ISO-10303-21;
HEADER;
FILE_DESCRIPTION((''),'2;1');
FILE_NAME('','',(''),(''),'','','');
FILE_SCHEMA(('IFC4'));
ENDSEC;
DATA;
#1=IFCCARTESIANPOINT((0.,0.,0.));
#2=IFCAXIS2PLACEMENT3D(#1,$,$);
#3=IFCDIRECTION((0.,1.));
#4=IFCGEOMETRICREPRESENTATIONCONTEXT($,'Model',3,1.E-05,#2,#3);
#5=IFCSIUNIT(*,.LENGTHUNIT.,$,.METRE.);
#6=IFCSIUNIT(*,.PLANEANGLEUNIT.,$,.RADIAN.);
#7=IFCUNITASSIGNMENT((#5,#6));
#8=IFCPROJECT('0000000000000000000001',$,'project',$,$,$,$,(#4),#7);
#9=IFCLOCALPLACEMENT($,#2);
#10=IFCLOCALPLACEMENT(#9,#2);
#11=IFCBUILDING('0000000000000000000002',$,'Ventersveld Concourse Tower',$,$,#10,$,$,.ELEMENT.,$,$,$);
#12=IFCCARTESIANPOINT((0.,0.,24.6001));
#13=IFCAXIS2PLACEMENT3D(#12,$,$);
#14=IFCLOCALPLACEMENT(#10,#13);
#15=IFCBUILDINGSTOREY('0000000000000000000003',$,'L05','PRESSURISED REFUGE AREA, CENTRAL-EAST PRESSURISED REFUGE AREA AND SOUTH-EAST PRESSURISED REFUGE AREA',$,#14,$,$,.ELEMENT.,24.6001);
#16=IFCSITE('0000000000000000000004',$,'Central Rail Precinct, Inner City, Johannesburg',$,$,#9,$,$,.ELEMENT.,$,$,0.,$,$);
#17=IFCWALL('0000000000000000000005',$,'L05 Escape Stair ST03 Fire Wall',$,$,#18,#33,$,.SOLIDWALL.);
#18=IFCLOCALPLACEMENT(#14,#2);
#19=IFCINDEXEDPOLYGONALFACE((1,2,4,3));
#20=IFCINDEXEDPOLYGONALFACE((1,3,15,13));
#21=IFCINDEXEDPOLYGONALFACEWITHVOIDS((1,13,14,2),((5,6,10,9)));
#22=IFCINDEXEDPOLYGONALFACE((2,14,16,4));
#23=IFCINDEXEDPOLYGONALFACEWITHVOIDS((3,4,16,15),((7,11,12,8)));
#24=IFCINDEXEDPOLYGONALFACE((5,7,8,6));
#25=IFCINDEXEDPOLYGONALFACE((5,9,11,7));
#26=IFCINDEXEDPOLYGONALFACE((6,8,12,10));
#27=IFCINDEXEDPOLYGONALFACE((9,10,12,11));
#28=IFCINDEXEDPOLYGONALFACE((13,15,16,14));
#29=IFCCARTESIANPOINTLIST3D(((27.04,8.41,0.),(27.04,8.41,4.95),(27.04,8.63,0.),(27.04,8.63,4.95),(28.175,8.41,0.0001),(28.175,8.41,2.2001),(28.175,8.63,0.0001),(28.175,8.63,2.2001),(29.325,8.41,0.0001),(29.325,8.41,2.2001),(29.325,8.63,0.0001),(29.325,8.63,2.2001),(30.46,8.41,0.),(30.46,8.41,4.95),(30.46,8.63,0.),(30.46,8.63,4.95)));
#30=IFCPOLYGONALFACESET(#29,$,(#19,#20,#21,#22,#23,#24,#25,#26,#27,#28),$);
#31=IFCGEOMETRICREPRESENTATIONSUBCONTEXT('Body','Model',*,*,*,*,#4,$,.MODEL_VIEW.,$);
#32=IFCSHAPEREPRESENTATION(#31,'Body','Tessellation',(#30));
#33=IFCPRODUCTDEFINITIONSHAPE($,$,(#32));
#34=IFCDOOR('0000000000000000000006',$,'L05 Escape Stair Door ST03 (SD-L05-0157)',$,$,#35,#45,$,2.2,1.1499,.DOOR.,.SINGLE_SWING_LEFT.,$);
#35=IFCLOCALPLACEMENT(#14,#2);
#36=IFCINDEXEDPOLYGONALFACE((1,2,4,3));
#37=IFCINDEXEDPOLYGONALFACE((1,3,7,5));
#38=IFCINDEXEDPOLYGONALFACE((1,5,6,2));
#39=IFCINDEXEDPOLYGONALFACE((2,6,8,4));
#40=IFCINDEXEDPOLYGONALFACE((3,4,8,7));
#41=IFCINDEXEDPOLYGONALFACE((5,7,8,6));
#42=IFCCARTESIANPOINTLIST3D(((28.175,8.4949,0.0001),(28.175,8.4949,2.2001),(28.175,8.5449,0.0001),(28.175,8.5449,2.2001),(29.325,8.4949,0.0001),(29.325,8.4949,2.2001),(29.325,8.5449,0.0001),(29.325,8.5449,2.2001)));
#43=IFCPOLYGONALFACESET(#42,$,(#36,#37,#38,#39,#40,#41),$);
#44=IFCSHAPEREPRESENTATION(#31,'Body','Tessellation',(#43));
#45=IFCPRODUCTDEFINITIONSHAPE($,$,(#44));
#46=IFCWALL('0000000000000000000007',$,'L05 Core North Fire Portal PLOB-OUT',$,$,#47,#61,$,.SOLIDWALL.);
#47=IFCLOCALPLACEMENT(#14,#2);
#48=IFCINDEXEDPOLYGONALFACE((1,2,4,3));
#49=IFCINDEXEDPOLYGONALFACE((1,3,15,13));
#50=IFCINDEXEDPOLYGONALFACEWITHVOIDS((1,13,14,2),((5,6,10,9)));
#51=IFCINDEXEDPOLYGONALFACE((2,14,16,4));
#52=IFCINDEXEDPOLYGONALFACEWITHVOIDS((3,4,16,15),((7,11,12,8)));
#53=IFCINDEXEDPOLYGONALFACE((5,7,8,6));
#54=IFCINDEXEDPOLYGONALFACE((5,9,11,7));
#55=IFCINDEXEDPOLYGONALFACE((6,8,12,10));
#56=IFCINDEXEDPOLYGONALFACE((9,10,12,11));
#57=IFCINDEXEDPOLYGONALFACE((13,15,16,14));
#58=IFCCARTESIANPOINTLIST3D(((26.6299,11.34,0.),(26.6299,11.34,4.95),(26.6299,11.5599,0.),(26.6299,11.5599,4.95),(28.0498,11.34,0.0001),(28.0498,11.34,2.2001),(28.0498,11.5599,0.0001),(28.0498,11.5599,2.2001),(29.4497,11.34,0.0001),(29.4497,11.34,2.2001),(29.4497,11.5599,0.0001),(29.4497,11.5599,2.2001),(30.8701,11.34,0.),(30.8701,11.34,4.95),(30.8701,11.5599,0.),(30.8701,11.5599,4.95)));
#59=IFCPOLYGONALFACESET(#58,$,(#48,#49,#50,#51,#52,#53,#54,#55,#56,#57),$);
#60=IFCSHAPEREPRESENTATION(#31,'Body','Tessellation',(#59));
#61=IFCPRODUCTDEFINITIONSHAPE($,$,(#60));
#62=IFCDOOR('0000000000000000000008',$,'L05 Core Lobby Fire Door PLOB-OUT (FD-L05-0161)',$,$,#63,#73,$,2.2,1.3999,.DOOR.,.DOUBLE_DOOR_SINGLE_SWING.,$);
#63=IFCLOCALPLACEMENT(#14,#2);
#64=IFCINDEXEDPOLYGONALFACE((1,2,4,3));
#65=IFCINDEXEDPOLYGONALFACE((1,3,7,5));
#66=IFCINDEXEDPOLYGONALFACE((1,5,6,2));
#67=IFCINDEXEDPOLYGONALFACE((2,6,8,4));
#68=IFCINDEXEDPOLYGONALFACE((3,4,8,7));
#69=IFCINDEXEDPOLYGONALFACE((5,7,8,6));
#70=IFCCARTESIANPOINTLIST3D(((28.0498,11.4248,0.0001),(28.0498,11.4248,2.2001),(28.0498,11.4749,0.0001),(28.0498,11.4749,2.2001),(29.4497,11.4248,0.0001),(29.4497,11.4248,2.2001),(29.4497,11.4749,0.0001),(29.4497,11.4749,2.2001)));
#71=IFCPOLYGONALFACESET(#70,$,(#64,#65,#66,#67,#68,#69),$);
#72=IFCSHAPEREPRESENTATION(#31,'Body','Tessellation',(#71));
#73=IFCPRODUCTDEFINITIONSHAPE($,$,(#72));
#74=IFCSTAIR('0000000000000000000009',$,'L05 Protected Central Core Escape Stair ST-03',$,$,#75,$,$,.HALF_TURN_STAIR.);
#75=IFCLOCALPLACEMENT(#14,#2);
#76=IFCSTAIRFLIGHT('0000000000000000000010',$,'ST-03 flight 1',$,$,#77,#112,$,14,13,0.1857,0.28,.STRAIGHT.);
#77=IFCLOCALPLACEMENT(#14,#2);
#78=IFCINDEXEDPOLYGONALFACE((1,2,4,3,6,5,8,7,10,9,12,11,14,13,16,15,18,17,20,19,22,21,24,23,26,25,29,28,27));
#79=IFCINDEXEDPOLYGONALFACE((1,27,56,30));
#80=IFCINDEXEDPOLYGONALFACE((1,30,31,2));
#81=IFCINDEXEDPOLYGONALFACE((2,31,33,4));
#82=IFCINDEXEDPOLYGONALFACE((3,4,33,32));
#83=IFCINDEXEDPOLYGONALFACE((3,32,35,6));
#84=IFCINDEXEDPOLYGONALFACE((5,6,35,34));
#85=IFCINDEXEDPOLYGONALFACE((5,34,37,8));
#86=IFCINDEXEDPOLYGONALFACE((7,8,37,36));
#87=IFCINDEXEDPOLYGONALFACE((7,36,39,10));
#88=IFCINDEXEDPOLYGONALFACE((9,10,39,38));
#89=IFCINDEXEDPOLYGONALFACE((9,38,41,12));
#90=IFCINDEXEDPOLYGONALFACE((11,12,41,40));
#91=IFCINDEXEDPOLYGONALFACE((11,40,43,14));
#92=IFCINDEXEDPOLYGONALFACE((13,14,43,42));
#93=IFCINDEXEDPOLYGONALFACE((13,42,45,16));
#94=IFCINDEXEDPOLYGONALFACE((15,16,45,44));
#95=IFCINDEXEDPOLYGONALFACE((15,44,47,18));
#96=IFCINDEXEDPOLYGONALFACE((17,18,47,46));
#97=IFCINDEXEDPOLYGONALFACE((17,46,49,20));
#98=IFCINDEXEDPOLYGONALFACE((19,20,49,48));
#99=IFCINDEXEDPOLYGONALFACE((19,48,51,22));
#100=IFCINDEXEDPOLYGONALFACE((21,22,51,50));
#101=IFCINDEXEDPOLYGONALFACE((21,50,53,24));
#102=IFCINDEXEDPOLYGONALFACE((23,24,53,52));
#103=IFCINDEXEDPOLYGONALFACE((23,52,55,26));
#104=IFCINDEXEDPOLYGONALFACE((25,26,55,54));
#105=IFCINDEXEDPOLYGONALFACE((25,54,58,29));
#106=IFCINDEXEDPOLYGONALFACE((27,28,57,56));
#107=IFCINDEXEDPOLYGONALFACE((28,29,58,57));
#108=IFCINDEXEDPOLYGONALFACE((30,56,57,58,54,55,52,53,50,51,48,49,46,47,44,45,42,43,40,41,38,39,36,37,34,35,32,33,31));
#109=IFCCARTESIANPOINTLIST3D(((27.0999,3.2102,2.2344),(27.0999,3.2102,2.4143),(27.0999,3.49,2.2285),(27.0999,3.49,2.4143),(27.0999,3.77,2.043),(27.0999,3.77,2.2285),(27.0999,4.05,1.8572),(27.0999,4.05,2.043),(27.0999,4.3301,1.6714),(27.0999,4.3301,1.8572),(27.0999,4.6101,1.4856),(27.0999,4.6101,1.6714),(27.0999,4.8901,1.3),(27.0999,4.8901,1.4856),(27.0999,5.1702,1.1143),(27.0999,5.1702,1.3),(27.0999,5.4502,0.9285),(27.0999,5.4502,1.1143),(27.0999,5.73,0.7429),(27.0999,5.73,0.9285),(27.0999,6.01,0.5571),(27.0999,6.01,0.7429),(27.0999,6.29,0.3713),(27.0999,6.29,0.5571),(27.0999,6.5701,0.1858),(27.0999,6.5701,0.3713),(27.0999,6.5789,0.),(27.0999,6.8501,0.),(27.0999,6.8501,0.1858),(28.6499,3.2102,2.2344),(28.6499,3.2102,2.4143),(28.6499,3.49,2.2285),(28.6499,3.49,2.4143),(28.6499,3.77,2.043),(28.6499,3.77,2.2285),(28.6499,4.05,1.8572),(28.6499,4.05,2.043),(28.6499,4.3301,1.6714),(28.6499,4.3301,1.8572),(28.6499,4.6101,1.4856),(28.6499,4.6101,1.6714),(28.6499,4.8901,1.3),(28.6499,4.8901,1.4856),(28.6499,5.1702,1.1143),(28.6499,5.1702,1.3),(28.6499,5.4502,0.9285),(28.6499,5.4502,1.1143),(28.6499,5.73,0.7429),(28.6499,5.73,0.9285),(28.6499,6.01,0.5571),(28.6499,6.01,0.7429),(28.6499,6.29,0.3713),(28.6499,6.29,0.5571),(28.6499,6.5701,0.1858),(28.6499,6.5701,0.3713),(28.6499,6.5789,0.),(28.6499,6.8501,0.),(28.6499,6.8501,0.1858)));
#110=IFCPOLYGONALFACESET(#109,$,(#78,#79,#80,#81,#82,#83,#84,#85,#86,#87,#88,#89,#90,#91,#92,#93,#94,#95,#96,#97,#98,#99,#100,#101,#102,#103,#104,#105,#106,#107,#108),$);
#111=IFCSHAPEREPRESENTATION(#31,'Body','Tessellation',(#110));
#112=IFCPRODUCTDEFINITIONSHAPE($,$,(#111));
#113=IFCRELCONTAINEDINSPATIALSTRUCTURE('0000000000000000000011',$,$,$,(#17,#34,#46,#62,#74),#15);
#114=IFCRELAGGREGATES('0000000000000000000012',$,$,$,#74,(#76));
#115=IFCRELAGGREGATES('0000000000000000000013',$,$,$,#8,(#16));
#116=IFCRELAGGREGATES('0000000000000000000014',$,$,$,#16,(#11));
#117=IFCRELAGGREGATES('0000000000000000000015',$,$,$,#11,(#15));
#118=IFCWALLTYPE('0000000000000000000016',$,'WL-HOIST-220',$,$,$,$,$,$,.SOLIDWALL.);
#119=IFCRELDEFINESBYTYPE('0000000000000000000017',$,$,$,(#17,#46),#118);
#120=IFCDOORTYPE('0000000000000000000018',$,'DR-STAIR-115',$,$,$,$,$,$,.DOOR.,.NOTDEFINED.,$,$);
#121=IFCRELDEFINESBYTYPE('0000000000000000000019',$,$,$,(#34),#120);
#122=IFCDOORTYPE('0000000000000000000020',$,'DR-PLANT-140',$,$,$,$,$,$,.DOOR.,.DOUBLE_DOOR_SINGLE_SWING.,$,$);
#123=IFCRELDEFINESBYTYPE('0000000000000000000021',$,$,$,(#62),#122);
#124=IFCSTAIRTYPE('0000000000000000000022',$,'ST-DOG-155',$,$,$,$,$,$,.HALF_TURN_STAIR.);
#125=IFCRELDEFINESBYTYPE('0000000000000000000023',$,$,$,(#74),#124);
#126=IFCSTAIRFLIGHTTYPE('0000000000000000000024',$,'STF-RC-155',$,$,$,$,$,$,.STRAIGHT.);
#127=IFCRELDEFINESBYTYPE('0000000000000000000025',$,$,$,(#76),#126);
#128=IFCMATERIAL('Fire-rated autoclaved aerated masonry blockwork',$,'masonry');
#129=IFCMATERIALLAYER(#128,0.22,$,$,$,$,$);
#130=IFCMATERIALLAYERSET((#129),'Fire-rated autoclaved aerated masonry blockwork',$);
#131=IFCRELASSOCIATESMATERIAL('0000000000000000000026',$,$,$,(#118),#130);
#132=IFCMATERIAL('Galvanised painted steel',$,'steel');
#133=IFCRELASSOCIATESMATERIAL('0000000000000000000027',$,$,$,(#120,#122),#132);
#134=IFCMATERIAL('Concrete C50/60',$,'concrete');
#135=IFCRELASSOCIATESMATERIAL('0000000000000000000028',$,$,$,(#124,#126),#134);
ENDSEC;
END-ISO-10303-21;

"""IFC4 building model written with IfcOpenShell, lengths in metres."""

from ifc_helpers import new_model, si_unit, direction, frame, frame_2d, origin, place, context, subcontext, project, spatial, polyline, rectangle, outline, extrude, material, layer, layer_set, type_object, element, fill, aggregate, save


model = new_model("IFC4")

# Units and contexts
model_context = context("Model", 3, precision=1e-05, world=origin(), true_north=direction((0.0, 1.0)))
body_context = subcontext(model_context, "Body", "Model", "MODEL_VIEW")
ifc_project = project(units=[si_unit("LENGTHUNIT", "METRE"), si_unit("PLANEANGLEUNIT", "RADIAN")], contexts=[model_context])

# Site, building, storey
site_placement = place(None, origin())
site = spatial("IfcSite", under=ifc_project, at=site_placement, Name="Central Rail Precinct, Inner City, Johannesburg", CompositionType="ELEMENT", RefElevation=0.0)
building_placement = place(site_placement, origin())
building = spatial("IfcBuilding", under=site, at=building_placement, Name="Ventersveld Concourse Tower", CompositionType="ELEMENT")
storey_placement = place(building_placement, frame((0.0, 0.0, 24.6001)))
storey = spatial("IfcBuildingStorey", under=building, at=storey_placement, Name="L05", Description="PRESSURISED REFUGE AREA, CENTRAL-EAST PRESSURISED REFUGE AREA AND SOUTH-EAST PRESSURISED REFUGE AREA", CompositionType="ELEMENT", Elevation=24.6001)

# Shared definitions
ifc_material_1 = material(Name="Concrete C50/60", Category="concrete")

# Shared definitions
ifc_material_2 = material(Name="Fire-rated autoclaved aerated masonry blockwork", Category="masonry")
ifc_material_3 = material(Name="Galvanised painted steel", Category="steel")

# Shared definitions
ifc_layer_1 = layer(ifc_material_2, 0.22)
ifc_layer_set_1 = layer_set([ifc_layer_1], Name="Fire-rated autoclaved aerated masonry blockwork")
wall_type_1 = type_object("IfcWallType", Name="WL-HOIST-220", PredefinedType="SOLIDWALL", material=ifc_layer_set_1)

# Walls, openings, doors
wall_1_placement = place(storey_placement, frame((27.04, 8.52, 0.0), z_axis=(0.0, 0.0, 1.0), x_axis=(1.0, 0.0, 0.0)))
wall_1 = element("IfcWall", 1, at=wall_1_placement, inside=storey, type_object=wall_type_1, Name="L05 Escape Stair ST03 Fire Wall", PredefinedType="SOLIDWALL", context=body_context, shape_type="SweptSolid", body=[
    extrude(rectangle(XDim=3.4199, YDim=0.22, at=frame_2d((1.71, 0.0))), origin(), (0.0, 0.0, 1.0), 4.95),
])
opening_1_placement = place(wall_1_placement, frame((1.135, 0.0, 0.0)))
opening_1 = element("IfcOpeningElement", 2, at=opening_1_placement, cuts=wall_1, PredefinedType="OPENING", context=body_context, shape_type="SweptSolid", body=[
    extrude(rectangle(XDim=1.1499, YDim=2.2, at=frame_2d((0.575, 1.1001))), frame((0.0, 0.1201, 0.0), z_axis=(0.0, -1.0, 0.0), x_axis=(1.0, 0.0, 0.0)), (0.0, 0.0, 1.0), 0.24),
])
door_type_1 = type_object("IfcDoorType", Name="DR-STAIR-115", OperationType="NOTDEFINED", PredefinedType="DOOR", material=ifc_material_3)
door_1_placement = place(opening_1_placement, origin())
door_1 = element("IfcDoor", 3, at=door_1_placement, inside=storey, type_object=door_type_1, Name="L05 Escape Stair Door ST03 (SD-L05-0157)", OperationType="SINGLE_SWING_LEFT", OverallHeight=2.2, OverallWidth=1.1499, PredefinedType="DOOR", context=body_context, shape_type="SweptSolid", body=[
    extrude(rectangle(XDim=1.1499, YDim=2.2, at=frame_2d((0.575, 1.1001))), frame((0.0, 0.0249, 0.0), z_axis=(0.0, -1.0, 0.0), x_axis=(1.0, 0.0, 0.0)), (0.0, 0.0, 1.0), 0.05),
])
fill(opening_1, door_1)
wall_2_placement = place(storey_placement, frame((26.6299, 11.45, 0.0), z_axis=(0.0, 0.0, 1.0), x_axis=(1.0, 0.0, 0.0)))
wall_2 = element("IfcWall", 4, at=wall_2_placement, inside=storey, type_object=wall_type_1, Name="L05 Core North Fire Portal PLOB-OUT", PredefinedType="SOLIDWALL", context=body_context, shape_type="SweptSolid", body=[
    extrude(rectangle(XDim=4.2402, YDim=0.22, at=frame_2d((2.1201, 0.0))), origin(), (0.0, 0.0, 1.0), 4.95),
])
opening_2_placement = place(wall_2_placement, frame((1.4199, 0.0, 0.0)))
opening_2 = element("IfcOpeningElement", 5, at=opening_2_placement, cuts=wall_2, PredefinedType="OPENING", context=body_context, shape_type="SweptSolid", body=[
    extrude(rectangle(XDim=1.3999, YDim=2.2, at=frame_2d((0.7, 1.1001))), frame((0.0, 0.1201, 0.0), z_axis=(0.0, -1.0, 0.0), x_axis=(1.0, 0.0, 0.0)), (0.0, 0.0, 1.0), 0.24),
])
door_type_2 = type_object("IfcDoorType", Name="DR-PLANT-140", OperationType="DOUBLE_DOOR_SINGLE_SWING", PredefinedType="DOOR", material=ifc_material_3)
door_2_placement = place(opening_2_placement, origin())
door_2 = element("IfcDoor", 6, at=door_2_placement, inside=storey, type_object=door_type_2, Name="L05 Core Lobby Fire Door PLOB-OUT (FD-L05-0161)", OperationType="DOUBLE_DOOR_SINGLE_SWING", OverallHeight=2.2, OverallWidth=1.3999, PredefinedType="DOOR", context=body_context, shape_type="SweptSolid", body=[
    extrude(rectangle(XDim=1.3999, YDim=2.2, at=frame_2d((0.7, 1.1001))), frame((0.0, 0.0249, 0.0), z_axis=(0.0, -1.0, 0.0), x_axis=(1.0, 0.0, 0.0)), (0.0, 0.0, 1.0), 0.05),
])
fill(opening_2, door_2)

# Stair, stair flight
stair_type = type_object("IfcStairType", Name="ST-DOG-155", PredefinedType="HALF_TURN_STAIR", material=ifc_material_1)
stair_placement = place(storey_placement, origin())
stair = element("IfcStair", 7, at=stair_placement, inside=storey, type_object=stair_type, Name="L05 Protected Central Core Escape Stair ST-03", PredefinedType="HALF_TURN_STAIR")
stair_flight_type = type_object("IfcStairFlightType", Name="STF-RC-155", PredefinedType="STRAIGHT", material=ifc_material_1)
stair_flight_placement = place(storey_placement, frame((27.875, 6.8501, 0.0), z_axis=(0.0, 0.0, 1.0), x_axis=(0.0, -1.0, 0.0)))
stair_flight = element("IfcStairFlight", 8, at=stair_flight_placement, type_object=stair_flight_type, Name="ST-03 flight 1", NumberOfRisers=14, NumberOfTreads=13, PredefinedType="STRAIGHT", RiserHeight=0.1857, TreadLength=0.28, context=body_context, shape_type="SweptSolid", body=[
    extrude(outline(polyline([(0.0, 0.0), (0.0, 0.1858), (0.28, 0.1858), (0.28, 0.3713), (0.5601, 0.3713), (0.5601, 0.5571), (0.8401, 0.5571), (0.8401, 0.7429), (1.1201, 0.7429), (1.1201, 0.9285), (1.3999, 0.9285), (1.3999, 1.1143), (1.6799, 1.1143), (1.6799, 1.3), (1.96, 1.3), (1.96, 1.4856), (2.24, 1.4856), (2.24, 1.6714), (2.52, 1.6714), (2.52, 1.8572), (2.8, 1.8572), (2.8, 2.043), (3.0801, 2.043), (3.0801, 2.2285), (3.3601, 2.2285), (3.3601, 2.4143), (3.6399, 2.4143), (3.6399, 2.6001), (3.6399, 2.2344), (0.2712, 0.0), (0.0, 0.0)])), frame((0.0, 0.7749, 0.0), z_axis=(0.0, -1.0, 0.0), x_axis=(1.0, 0.0, 0.0)), (0.0, 0.0, 1.0), 1.55),
])
aggregate(stair, [stair_flight])

save(model, "model.ifc")
